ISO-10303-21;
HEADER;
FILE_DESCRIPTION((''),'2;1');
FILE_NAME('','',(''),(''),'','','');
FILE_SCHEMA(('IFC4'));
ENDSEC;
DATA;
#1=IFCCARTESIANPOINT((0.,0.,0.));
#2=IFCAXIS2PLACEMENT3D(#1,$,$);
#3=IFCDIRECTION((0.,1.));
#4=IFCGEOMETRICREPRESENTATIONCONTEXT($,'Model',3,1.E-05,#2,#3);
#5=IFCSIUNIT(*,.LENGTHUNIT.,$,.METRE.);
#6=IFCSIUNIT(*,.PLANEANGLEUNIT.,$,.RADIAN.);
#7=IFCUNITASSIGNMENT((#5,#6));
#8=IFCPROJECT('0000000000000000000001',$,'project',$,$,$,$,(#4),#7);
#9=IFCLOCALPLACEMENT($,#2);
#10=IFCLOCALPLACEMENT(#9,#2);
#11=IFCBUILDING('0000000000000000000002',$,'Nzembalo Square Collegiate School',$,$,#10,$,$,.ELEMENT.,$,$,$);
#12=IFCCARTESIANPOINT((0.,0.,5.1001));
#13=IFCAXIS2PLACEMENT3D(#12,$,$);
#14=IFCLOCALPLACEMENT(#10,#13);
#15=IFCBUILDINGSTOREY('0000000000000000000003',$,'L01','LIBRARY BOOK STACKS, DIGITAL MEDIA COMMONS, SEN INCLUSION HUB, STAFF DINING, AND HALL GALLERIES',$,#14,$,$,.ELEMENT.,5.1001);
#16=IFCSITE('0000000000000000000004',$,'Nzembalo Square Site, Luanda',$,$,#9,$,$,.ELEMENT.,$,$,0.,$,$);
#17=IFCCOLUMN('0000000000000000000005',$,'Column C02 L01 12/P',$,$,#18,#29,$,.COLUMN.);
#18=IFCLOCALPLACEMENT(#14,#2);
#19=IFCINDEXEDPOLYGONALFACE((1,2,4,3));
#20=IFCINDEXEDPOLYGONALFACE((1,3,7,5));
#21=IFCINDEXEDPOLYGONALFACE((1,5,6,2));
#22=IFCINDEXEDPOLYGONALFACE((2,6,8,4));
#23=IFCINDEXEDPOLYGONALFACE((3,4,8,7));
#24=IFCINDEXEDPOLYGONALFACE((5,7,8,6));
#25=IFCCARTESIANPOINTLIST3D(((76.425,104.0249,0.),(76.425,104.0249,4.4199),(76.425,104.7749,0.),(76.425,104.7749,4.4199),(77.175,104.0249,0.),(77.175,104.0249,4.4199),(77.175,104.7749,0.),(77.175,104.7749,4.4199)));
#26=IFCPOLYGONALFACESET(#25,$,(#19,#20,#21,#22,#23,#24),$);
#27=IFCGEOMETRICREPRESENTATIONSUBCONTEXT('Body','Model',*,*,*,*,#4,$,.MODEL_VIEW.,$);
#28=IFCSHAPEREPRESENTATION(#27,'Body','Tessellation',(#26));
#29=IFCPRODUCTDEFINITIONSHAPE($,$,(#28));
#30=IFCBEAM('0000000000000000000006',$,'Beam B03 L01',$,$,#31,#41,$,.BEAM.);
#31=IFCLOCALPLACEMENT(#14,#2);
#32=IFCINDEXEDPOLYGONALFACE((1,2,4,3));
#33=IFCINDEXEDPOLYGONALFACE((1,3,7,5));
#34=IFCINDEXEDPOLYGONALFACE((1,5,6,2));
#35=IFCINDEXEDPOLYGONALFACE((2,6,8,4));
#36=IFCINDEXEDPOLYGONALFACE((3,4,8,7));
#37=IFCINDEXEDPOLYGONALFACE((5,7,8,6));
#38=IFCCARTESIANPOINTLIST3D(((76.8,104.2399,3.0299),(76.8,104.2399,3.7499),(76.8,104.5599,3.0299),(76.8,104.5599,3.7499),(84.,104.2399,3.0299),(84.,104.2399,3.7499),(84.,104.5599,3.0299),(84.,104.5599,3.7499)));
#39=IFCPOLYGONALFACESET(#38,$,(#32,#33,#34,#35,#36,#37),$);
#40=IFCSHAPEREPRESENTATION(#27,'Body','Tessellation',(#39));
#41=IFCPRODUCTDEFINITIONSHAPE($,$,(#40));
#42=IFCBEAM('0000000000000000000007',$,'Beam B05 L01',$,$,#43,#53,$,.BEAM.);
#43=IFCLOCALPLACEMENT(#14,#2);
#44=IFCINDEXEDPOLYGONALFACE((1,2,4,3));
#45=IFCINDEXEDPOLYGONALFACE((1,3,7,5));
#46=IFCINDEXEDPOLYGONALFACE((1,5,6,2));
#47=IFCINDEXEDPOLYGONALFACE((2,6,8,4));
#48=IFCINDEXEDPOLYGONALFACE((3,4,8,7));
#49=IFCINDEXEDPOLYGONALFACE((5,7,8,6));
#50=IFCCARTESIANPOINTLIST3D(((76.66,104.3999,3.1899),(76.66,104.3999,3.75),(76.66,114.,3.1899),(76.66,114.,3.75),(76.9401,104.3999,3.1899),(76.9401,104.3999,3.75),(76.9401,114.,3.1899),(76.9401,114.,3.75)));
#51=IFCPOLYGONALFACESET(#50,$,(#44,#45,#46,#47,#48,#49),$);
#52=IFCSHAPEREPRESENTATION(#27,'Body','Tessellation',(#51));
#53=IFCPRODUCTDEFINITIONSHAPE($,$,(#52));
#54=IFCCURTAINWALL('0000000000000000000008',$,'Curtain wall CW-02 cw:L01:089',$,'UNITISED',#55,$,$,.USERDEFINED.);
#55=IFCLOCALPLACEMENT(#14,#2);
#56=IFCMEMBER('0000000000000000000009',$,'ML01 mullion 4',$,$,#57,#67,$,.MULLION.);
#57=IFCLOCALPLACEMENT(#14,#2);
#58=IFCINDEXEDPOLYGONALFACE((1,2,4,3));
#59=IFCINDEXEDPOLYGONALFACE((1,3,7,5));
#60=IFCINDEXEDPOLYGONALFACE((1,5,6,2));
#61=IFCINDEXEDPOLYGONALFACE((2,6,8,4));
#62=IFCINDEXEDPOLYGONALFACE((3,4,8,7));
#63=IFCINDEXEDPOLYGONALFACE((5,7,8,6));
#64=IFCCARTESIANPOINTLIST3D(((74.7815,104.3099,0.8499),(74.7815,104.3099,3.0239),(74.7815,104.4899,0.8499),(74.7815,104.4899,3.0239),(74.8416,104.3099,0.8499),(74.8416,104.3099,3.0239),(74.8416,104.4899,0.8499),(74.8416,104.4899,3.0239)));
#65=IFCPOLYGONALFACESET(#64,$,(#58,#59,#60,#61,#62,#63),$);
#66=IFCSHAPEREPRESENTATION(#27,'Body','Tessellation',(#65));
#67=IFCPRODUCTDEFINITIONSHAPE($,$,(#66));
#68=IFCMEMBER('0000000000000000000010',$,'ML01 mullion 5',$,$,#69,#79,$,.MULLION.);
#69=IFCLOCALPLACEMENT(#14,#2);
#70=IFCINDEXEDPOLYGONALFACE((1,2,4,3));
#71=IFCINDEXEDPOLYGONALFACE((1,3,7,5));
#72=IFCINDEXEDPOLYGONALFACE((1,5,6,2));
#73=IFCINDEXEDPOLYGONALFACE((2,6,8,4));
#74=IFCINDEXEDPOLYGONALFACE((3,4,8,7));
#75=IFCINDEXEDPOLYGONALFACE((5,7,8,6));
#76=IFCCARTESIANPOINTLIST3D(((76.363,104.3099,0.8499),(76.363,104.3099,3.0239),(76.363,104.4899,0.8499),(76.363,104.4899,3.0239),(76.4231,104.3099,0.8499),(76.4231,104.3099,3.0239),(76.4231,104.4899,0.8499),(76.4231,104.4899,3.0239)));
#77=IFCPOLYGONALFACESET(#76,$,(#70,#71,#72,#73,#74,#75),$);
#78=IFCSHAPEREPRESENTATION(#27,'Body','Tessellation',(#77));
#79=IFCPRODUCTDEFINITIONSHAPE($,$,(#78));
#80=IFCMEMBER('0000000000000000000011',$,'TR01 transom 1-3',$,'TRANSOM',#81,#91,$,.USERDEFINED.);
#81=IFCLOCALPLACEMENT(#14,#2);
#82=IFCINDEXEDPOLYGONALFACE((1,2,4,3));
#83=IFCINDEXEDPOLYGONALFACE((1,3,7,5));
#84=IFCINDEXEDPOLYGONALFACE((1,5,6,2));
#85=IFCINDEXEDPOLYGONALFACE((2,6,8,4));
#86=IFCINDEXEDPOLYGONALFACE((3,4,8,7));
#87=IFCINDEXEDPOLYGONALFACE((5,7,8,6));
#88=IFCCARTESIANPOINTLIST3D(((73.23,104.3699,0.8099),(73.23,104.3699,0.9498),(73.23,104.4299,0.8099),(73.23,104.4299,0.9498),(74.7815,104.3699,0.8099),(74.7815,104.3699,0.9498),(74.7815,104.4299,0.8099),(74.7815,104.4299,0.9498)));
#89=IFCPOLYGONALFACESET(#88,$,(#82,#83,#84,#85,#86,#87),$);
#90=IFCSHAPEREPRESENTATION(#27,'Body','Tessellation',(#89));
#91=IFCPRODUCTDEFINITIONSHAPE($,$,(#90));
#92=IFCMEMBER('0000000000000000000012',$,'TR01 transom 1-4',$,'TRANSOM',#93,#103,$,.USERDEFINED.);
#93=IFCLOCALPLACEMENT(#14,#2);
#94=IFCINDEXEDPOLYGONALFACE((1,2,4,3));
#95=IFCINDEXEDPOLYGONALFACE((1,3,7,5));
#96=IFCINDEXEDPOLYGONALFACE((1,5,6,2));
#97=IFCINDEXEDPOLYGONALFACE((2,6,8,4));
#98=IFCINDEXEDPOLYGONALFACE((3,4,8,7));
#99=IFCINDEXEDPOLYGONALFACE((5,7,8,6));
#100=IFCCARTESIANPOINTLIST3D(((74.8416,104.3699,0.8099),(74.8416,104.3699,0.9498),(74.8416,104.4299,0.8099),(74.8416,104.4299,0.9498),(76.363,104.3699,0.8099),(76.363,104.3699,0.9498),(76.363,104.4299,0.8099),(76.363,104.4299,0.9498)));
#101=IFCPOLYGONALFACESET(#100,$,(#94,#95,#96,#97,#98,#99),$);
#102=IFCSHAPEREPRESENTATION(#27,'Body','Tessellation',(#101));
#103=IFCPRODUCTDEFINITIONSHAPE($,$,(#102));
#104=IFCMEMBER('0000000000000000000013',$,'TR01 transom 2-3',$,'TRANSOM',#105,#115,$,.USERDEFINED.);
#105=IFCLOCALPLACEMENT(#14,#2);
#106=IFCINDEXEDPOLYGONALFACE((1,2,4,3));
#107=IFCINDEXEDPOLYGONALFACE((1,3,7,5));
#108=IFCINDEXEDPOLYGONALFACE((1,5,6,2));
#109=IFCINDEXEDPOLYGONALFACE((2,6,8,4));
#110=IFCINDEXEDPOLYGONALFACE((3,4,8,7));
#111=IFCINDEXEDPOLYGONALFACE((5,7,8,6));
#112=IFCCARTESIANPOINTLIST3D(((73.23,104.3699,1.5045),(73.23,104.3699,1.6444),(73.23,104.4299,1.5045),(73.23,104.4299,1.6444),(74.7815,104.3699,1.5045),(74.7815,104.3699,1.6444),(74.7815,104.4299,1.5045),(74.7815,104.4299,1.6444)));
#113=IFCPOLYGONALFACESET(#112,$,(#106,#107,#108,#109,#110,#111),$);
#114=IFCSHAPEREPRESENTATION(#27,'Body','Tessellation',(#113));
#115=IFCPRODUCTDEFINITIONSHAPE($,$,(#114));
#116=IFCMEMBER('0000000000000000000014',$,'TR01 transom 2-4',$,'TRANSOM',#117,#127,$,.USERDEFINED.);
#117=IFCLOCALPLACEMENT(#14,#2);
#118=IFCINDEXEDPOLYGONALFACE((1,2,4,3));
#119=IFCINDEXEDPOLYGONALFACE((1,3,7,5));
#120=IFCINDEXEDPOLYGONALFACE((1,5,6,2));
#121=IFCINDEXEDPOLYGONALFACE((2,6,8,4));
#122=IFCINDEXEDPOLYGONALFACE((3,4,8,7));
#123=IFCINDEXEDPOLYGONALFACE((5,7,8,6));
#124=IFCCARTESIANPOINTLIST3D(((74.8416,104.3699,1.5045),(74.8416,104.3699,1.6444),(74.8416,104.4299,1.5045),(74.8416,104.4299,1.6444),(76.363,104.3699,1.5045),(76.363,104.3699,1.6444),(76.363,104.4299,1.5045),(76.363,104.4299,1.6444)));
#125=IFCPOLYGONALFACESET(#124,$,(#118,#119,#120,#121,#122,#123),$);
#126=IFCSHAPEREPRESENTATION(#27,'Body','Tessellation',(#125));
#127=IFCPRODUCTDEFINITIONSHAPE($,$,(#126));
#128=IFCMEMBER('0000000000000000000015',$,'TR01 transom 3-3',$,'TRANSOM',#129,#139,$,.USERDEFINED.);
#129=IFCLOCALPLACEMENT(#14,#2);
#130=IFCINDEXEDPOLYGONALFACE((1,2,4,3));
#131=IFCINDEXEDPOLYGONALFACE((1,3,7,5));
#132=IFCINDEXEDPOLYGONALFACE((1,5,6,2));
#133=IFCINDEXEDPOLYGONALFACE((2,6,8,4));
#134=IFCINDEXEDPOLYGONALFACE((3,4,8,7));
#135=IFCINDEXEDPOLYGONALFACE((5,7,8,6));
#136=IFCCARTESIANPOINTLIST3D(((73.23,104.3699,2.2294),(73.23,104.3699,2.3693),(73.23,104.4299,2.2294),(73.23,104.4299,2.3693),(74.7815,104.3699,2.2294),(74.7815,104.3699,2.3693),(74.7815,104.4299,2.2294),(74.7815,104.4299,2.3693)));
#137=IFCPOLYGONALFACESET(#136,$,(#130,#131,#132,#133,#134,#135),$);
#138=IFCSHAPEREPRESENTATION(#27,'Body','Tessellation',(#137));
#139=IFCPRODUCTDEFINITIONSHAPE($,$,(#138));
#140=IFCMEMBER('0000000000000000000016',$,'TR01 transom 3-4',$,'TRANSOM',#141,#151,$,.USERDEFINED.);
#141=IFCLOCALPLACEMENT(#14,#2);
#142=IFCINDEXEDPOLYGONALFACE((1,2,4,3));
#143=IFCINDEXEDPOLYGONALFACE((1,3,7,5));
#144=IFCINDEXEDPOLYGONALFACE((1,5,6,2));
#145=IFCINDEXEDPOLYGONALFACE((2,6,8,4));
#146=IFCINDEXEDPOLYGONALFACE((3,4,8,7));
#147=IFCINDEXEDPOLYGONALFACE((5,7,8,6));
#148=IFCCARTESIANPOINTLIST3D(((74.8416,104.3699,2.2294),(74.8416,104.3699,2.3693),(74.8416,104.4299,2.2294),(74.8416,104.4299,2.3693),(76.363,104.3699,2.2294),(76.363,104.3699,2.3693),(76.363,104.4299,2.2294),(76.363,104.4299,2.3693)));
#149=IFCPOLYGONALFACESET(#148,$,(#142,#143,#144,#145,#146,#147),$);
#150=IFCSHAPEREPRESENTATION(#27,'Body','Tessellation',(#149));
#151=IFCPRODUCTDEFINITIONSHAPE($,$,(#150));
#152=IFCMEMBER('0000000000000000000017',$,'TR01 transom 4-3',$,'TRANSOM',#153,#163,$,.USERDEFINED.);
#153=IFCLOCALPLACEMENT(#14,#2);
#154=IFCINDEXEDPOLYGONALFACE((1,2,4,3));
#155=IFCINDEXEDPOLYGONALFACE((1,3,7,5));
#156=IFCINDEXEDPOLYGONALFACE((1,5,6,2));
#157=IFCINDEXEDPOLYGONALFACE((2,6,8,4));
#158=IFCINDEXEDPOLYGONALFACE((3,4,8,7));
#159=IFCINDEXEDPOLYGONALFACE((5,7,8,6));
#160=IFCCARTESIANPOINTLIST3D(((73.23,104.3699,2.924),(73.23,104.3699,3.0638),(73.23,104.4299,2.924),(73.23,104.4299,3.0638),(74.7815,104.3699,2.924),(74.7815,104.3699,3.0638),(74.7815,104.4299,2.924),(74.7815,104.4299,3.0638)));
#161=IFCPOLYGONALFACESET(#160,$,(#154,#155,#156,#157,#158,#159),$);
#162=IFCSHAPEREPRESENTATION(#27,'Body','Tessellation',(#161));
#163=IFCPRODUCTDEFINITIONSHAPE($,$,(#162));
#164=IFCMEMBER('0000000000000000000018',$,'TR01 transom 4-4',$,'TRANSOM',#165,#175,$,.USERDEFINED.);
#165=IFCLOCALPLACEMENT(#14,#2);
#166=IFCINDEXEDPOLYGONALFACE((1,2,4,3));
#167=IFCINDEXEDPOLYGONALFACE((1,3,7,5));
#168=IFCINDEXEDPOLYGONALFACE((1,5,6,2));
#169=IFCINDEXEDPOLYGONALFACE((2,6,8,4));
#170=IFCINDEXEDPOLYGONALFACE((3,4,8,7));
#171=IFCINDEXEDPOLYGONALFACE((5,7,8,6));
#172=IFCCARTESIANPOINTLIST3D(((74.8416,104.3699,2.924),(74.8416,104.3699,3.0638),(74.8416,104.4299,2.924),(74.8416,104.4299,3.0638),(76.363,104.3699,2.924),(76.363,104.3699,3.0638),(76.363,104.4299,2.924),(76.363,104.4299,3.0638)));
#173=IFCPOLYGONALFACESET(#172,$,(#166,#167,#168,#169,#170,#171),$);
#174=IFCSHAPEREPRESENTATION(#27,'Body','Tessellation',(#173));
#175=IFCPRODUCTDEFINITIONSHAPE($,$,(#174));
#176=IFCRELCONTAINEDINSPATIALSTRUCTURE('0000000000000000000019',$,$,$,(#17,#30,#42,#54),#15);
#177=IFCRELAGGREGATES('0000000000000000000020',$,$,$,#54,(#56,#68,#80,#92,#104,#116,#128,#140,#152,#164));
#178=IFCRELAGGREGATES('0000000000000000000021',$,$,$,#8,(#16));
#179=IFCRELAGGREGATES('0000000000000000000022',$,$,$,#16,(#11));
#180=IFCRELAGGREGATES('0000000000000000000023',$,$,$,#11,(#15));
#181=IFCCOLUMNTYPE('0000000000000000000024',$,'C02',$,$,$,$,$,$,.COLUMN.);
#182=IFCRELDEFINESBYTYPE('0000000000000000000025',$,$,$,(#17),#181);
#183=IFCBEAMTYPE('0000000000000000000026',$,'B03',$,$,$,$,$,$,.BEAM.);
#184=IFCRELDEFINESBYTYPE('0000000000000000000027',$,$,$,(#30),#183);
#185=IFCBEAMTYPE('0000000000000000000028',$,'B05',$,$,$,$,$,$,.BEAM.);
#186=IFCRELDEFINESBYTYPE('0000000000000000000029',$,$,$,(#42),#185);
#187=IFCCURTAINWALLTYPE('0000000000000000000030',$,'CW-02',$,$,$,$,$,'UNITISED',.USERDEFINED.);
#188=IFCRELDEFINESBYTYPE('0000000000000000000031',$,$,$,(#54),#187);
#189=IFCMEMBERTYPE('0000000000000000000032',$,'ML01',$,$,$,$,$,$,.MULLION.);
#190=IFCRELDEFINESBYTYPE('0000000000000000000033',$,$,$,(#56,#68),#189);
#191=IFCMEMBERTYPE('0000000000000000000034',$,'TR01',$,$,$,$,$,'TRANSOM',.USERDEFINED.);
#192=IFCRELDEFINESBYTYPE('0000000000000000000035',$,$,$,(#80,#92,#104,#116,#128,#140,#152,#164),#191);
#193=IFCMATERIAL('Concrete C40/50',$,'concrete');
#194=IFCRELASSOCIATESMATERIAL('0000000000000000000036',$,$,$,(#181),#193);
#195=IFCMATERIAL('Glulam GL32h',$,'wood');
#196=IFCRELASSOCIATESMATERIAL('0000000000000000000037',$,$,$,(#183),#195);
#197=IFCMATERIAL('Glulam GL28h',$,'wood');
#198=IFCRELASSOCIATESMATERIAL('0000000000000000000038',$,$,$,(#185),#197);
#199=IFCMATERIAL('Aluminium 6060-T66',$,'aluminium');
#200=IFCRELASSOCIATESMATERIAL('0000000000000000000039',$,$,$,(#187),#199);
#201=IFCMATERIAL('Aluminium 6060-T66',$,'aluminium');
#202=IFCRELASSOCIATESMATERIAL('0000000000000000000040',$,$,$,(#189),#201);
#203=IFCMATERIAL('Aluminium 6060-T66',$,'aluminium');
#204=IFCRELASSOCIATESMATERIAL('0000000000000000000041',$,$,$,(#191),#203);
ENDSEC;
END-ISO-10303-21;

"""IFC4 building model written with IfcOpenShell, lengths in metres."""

from ifc_helpers import new_model, si_unit, direction, frame, origin, origin_2d, place, context, subcontext, project, spatial, rectangle, extrude, material, material_profile, profile_set, type_object, element, aggregate, save


model = new_model("IFC4")

# Units and contexts
model_context = context("Model", 3, precision=1e-05, world=origin(), true_north=direction((0.0, 1.0)))
body_context = subcontext(model_context, "Body", "Model", "MODEL_VIEW")
ifc_project = project(units=[si_unit("LENGTHUNIT", "METRE"), si_unit("PLANEANGLEUNIT", "RADIAN")], contexts=[model_context])

# Site, building, storey
site_placement = place(None, origin())
site = spatial("IfcSite", under=ifc_project, at=site_placement, Name="Nzembalo Square Site, Luanda", CompositionType="ELEMENT", RefElevation=0.0)
building_placement = place(site_placement, origin())
building = spatial("IfcBuilding", under=site, at=building_placement, Name="Nzembalo Square Collegiate School", CompositionType="ELEMENT")
storey_placement = place(building_placement, frame((0.0, 0.0, 5.1001)))
storey = spatial("IfcBuildingStorey", under=building, at=storey_placement, Name="L01", Description="LIBRARY BOOK STACKS, DIGITAL MEDIA COMMONS, SEN INCLUSION HUB, STAFF DINING, AND HALL GALLERIES", CompositionType="ELEMENT", Elevation=5.1001)

# Column
ifc_material_1 = material(Name="Concrete C40/50", Category="concrete")
ifc_material_profile_1 = material_profile(ifc_material_1, rectangle(XDim=0.75, YDim=0.75, at=origin_2d()), Name="RC 750x750")
ifc_profile_set_1 = profile_set([ifc_material_profile_1], Name="Concrete C40/50")
column_type = type_object("IfcColumnType", Name="C02", PredefinedType="COLUMN", material=ifc_profile_set_1)
column_placement = place(storey_placement, frame((76.8, 104.3999, 0.0), z_axis=(0.0, 0.0, 1.0), x_axis=(1.0, 0.0, 0.0)))
element("IfcColumn", 1, at=column_placement, inside=storey, type_object=column_type, Name="Column C02 L01 12/P", PredefinedType="COLUMN", context=body_context, shape_type="SweptSolid", body=[
    extrude(rectangle(XDim=0.75, YDim=0.75, at=origin_2d()), origin(), (0.0, 0.0, 1.0), 4.4199),
])

# Beams
ifc_material_2 = material(Name="Glulam GL32h", Category="wood")
ifc_material_profile_2 = material_profile(ifc_material_2, rectangle(XDim=0.3201, YDim=0.72, at=origin_2d()), Name="GL32h 320x720")
ifc_profile_set_2 = profile_set([ifc_material_profile_2], Name="Glulam GL32h")
beam_type_1 = type_object("IfcBeamType", Name="B03", PredefinedType="BEAM", material=ifc_profile_set_2)
beam_1_placement = place(storey_placement, frame((76.8, 104.3999, 3.3899), z_axis=(1.0, 0.0, 0.0), x_axis=(0.0, 1.0, 0.0)))
element("IfcBeam", 2, at=beam_1_placement, inside=storey, type_object=beam_type_1, Name="Beam B03 L01", PredefinedType="BEAM", context=body_context, shape_type="SweptSolid", body=[
    extrude(rectangle(XDim=0.3201, YDim=0.72, at=origin_2d()), origin(), (0.0, 0.0, 1.0), 7.2),
])
ifc_material_3 = material(Name="Glulam GL28h", Category="wood")
ifc_material_profile_3 = material_profile(ifc_material_3, rectangle(XDim=0.28, YDim=0.5601, at=origin_2d()), Name="GL28h 280x560")
ifc_profile_set_3 = profile_set([ifc_material_profile_3], Name="Glulam GL28h")
beam_type_2 = type_object("IfcBeamType", Name="B05", PredefinedType="BEAM", material=ifc_profile_set_3)
beam_2_placement = place(storey_placement, frame((76.8, 104.3999, 3.47), z_axis=(0.0, 1.0, 0.0), x_axis=(-1.0, 0.0, 0.0)))
element("IfcBeam", 3, at=beam_2_placement, inside=storey, type_object=beam_type_2, Name="Beam B05 L01", PredefinedType="BEAM", context=body_context, shape_type="SweptSolid", body=[
    extrude(rectangle(XDim=0.28, YDim=0.5601, at=origin_2d()), origin(), (0.0, 0.0, 1.0), 9.6001),
])

# Curtain wall, members
ifc_material_4 = material(Name="Aluminium 6060-T66", Category="aluminium")
curtain_wall_type = type_object("IfcCurtainWallType", Name="CW-02", ElementType="UNITISED", PredefinedType="USERDEFINED", material=ifc_material_4)
curtain_wall_placement = place(storey_placement, origin())
curtain_wall = element("IfcCurtainWall", 4, at=curtain_wall_placement, inside=storey, type_object=curtain_wall_type, Name="Curtain wall CW-02 cw:L01:089", ObjectType="UNITISED", PredefinedType="USERDEFINED")
ifc_material_5 = material(Name="Aluminium 6060-T66", Category="aluminium")
ifc_material_profile_4 = material_profile(ifc_material_5, rectangle(XDim=0.0601, YDim=0.1799, at=origin_2d()), Name="ALU M60x180")
ifc_profile_set_4 = profile_set([ifc_material_profile_4], Name="Aluminium 6060-T66")
member_type_1 = type_object("IfcMemberType", Name="ML01", PredefinedType="MULLION", material=ifc_profile_set_4)
member_1_placement = place(storey_placement, frame((74.8115, 104.3999, 0.8499), z_axis=(0.0, 0.0, 1.0), x_axis=(1.0, 0.0, 0.0)))
member_1 = element("IfcMember", 5, at=member_1_placement, type_object=member_type_1, Name="ML01 mullion 4", PredefinedType="MULLION", context=body_context, shape_type="SweptSolid", body=[
    extrude(rectangle(XDim=0.0601, YDim=0.1799, at=origin_2d()), origin(), (0.0, 0.0, 1.0), 2.1741),
])
member_2_placement = place(storey_placement, frame((76.3931, 104.3999, 0.8499), z_axis=(0.0, 0.0, 1.0), x_axis=(1.0, 0.0, 0.0)))
member_2 = element("IfcMember", 6, at=member_2_placement, type_object=member_type_1, Name="ML01 mullion 5", PredefinedType="MULLION", context=body_context, shape_type="SweptSolid", body=[
    extrude(rectangle(XDim=0.0601, YDim=0.1799, at=origin_2d()), origin(), (0.0, 0.0, 1.0), 2.1741),
])
ifc_material_6 = material(Name="Aluminium 6060-T66", Category="aluminium")
ifc_material_profile_5 = material_profile(ifc_material_6, rectangle(XDim=0.0601, YDim=0.1399, at=origin_2d()), Name="ALU T60x140")
ifc_profile_set_5 = profile_set([ifc_material_profile_5], Name="Aluminium 6060-T66")
member_type_2 = type_object("IfcMemberType", Name="TR01", ElementType="TRANSOM", PredefinedType="USERDEFINED", material=ifc_profile_set_5)
member_3_placement = place(storey_placement, frame((73.23, 104.3999, 0.8799), z_axis=(1.0, 0.0, 0.0), x_axis=(0.0, 1.0, 0.0)))
member_3 = element("IfcMember", 7, at=member_3_placement, type_object=member_type_2, Name="TR01 transom 1-3", ObjectType="TRANSOM", PredefinedType="USERDEFINED", context=body_context, shape_type="SweptSolid", body=[
    extrude(rectangle(XDim=0.0601, YDim=0.1399, at=origin_2d()), origin(), (0.0, 0.0, 1.0), 1.5515),
])
member_4_placement = place(storey_placement, frame((74.8416, 104.3999, 0.8799), z_axis=(1.0, 0.0, 0.0), x_axis=(0.0, 1.0, 0.0)))
member_4 = element("IfcMember", 8, at=member_4_placement, type_object=member_type_2, Name="TR01 transom 1-4", ObjectType="TRANSOM", PredefinedType="USERDEFINED", context=body_context, shape_type="SweptSolid", body=[
    extrude(rectangle(XDim=0.0601, YDim=0.1399, at=origin_2d()), origin(), (0.0, 0.0, 1.0), 1.5215),
])
member_5_placement = place(storey_placement, frame((73.23, 104.3999, 1.5745), z_axis=(1.0, 0.0, 0.0), x_axis=(0.0, 1.0, 0.0)))
member_5 = element("IfcMember", 9, at=member_5_placement, type_object=member_type_2, Name="TR01 transom 2-3", ObjectType="TRANSOM", PredefinedType="USERDEFINED", context=body_context, shape_type="SweptSolid", body=[
    extrude(rectangle(XDim=0.0601, YDim=0.1399, at=origin_2d()), origin(), (0.0, 0.0, 1.0), 1.5515),
])
member_6_placement = place(storey_placement, frame((74.8416, 104.3999, 1.5745), z_axis=(1.0, 0.0, 0.0), x_axis=(0.0, 1.0, 0.0)))
member_6 = element("IfcMember", 10, at=member_6_placement, type_object=member_type_2, Name="TR01 transom 2-4", ObjectType="TRANSOM", PredefinedType="USERDEFINED", context=body_context, shape_type="SweptSolid", body=[
    extrude(rectangle(XDim=0.0601, YDim=0.1399, at=origin_2d()), origin(), (0.0, 0.0, 1.0), 1.5215),
])
member_7_placement = place(storey_placement, frame((73.23, 104.3999, 2.2993), z_axis=(1.0, 0.0, 0.0), x_axis=(0.0, 1.0, 0.0)))
member_7 = element("IfcMember", 11, at=member_7_placement, type_object=member_type_2, Name="TR01 transom 3-3", ObjectType="TRANSOM", PredefinedType="USERDEFINED", context=body_context, shape_type="SweptSolid", body=[
    extrude(rectangle(XDim=0.0601, YDim=0.1399, at=origin_2d()), origin(), (0.0, 0.0, 1.0), 1.5515),
])
member_8_placement = place(storey_placement, frame((74.8416, 104.3999, 2.2993), z_axis=(1.0, 0.0, 0.0), x_axis=(0.0, 1.0, 0.0)))
member_8 = element("IfcMember", 12, at=member_8_placement, type_object=member_type_2, Name="TR01 transom 3-4", ObjectType="TRANSOM", PredefinedType="USERDEFINED", context=body_context, shape_type="SweptSolid", body=[
    extrude(rectangle(XDim=0.0601, YDim=0.1399, at=origin_2d()), origin(), (0.0, 0.0, 1.0), 1.5215),
])
member_9_placement = place(storey_placement, frame((73.23, 104.3999, 2.9939), z_axis=(1.0, 0.0, 0.0), x_axis=(0.0, 1.0, 0.0)))
member_9 = element("IfcMember", 13, at=member_9_placement, type_object=member_type_2, Name="TR01 transom 4-3", ObjectType="TRANSOM", PredefinedType="USERDEFINED", context=body_context, shape_type="SweptSolid", body=[
    extrude(rectangle(XDim=0.0601, YDim=0.1399, at=origin_2d()), origin(), (0.0, 0.0, 1.0), 1.5515),
])
member_10_placement = place(storey_placement, frame((74.8416, 104.3999, 2.9939), z_axis=(1.0, 0.0, 0.0), x_axis=(0.0, 1.0, 0.0)))
member_10 = element("IfcMember", 14, at=member_10_placement, type_object=member_type_2, Name="TR01 transom 4-4", ObjectType="TRANSOM", PredefinedType="USERDEFINED", context=body_context, shape_type="SweptSolid", body=[
    extrude(rectangle(XDim=0.0601, YDim=0.1399, at=origin_2d()), origin(), (0.0, 0.0, 1.0), 1.5215),
])
aggregate(curtain_wall, [member_1, member_2, member_3, member_4, member_5, member_6, member_7, member_8, member_9, member_10])

save(model, "model.ifc")
